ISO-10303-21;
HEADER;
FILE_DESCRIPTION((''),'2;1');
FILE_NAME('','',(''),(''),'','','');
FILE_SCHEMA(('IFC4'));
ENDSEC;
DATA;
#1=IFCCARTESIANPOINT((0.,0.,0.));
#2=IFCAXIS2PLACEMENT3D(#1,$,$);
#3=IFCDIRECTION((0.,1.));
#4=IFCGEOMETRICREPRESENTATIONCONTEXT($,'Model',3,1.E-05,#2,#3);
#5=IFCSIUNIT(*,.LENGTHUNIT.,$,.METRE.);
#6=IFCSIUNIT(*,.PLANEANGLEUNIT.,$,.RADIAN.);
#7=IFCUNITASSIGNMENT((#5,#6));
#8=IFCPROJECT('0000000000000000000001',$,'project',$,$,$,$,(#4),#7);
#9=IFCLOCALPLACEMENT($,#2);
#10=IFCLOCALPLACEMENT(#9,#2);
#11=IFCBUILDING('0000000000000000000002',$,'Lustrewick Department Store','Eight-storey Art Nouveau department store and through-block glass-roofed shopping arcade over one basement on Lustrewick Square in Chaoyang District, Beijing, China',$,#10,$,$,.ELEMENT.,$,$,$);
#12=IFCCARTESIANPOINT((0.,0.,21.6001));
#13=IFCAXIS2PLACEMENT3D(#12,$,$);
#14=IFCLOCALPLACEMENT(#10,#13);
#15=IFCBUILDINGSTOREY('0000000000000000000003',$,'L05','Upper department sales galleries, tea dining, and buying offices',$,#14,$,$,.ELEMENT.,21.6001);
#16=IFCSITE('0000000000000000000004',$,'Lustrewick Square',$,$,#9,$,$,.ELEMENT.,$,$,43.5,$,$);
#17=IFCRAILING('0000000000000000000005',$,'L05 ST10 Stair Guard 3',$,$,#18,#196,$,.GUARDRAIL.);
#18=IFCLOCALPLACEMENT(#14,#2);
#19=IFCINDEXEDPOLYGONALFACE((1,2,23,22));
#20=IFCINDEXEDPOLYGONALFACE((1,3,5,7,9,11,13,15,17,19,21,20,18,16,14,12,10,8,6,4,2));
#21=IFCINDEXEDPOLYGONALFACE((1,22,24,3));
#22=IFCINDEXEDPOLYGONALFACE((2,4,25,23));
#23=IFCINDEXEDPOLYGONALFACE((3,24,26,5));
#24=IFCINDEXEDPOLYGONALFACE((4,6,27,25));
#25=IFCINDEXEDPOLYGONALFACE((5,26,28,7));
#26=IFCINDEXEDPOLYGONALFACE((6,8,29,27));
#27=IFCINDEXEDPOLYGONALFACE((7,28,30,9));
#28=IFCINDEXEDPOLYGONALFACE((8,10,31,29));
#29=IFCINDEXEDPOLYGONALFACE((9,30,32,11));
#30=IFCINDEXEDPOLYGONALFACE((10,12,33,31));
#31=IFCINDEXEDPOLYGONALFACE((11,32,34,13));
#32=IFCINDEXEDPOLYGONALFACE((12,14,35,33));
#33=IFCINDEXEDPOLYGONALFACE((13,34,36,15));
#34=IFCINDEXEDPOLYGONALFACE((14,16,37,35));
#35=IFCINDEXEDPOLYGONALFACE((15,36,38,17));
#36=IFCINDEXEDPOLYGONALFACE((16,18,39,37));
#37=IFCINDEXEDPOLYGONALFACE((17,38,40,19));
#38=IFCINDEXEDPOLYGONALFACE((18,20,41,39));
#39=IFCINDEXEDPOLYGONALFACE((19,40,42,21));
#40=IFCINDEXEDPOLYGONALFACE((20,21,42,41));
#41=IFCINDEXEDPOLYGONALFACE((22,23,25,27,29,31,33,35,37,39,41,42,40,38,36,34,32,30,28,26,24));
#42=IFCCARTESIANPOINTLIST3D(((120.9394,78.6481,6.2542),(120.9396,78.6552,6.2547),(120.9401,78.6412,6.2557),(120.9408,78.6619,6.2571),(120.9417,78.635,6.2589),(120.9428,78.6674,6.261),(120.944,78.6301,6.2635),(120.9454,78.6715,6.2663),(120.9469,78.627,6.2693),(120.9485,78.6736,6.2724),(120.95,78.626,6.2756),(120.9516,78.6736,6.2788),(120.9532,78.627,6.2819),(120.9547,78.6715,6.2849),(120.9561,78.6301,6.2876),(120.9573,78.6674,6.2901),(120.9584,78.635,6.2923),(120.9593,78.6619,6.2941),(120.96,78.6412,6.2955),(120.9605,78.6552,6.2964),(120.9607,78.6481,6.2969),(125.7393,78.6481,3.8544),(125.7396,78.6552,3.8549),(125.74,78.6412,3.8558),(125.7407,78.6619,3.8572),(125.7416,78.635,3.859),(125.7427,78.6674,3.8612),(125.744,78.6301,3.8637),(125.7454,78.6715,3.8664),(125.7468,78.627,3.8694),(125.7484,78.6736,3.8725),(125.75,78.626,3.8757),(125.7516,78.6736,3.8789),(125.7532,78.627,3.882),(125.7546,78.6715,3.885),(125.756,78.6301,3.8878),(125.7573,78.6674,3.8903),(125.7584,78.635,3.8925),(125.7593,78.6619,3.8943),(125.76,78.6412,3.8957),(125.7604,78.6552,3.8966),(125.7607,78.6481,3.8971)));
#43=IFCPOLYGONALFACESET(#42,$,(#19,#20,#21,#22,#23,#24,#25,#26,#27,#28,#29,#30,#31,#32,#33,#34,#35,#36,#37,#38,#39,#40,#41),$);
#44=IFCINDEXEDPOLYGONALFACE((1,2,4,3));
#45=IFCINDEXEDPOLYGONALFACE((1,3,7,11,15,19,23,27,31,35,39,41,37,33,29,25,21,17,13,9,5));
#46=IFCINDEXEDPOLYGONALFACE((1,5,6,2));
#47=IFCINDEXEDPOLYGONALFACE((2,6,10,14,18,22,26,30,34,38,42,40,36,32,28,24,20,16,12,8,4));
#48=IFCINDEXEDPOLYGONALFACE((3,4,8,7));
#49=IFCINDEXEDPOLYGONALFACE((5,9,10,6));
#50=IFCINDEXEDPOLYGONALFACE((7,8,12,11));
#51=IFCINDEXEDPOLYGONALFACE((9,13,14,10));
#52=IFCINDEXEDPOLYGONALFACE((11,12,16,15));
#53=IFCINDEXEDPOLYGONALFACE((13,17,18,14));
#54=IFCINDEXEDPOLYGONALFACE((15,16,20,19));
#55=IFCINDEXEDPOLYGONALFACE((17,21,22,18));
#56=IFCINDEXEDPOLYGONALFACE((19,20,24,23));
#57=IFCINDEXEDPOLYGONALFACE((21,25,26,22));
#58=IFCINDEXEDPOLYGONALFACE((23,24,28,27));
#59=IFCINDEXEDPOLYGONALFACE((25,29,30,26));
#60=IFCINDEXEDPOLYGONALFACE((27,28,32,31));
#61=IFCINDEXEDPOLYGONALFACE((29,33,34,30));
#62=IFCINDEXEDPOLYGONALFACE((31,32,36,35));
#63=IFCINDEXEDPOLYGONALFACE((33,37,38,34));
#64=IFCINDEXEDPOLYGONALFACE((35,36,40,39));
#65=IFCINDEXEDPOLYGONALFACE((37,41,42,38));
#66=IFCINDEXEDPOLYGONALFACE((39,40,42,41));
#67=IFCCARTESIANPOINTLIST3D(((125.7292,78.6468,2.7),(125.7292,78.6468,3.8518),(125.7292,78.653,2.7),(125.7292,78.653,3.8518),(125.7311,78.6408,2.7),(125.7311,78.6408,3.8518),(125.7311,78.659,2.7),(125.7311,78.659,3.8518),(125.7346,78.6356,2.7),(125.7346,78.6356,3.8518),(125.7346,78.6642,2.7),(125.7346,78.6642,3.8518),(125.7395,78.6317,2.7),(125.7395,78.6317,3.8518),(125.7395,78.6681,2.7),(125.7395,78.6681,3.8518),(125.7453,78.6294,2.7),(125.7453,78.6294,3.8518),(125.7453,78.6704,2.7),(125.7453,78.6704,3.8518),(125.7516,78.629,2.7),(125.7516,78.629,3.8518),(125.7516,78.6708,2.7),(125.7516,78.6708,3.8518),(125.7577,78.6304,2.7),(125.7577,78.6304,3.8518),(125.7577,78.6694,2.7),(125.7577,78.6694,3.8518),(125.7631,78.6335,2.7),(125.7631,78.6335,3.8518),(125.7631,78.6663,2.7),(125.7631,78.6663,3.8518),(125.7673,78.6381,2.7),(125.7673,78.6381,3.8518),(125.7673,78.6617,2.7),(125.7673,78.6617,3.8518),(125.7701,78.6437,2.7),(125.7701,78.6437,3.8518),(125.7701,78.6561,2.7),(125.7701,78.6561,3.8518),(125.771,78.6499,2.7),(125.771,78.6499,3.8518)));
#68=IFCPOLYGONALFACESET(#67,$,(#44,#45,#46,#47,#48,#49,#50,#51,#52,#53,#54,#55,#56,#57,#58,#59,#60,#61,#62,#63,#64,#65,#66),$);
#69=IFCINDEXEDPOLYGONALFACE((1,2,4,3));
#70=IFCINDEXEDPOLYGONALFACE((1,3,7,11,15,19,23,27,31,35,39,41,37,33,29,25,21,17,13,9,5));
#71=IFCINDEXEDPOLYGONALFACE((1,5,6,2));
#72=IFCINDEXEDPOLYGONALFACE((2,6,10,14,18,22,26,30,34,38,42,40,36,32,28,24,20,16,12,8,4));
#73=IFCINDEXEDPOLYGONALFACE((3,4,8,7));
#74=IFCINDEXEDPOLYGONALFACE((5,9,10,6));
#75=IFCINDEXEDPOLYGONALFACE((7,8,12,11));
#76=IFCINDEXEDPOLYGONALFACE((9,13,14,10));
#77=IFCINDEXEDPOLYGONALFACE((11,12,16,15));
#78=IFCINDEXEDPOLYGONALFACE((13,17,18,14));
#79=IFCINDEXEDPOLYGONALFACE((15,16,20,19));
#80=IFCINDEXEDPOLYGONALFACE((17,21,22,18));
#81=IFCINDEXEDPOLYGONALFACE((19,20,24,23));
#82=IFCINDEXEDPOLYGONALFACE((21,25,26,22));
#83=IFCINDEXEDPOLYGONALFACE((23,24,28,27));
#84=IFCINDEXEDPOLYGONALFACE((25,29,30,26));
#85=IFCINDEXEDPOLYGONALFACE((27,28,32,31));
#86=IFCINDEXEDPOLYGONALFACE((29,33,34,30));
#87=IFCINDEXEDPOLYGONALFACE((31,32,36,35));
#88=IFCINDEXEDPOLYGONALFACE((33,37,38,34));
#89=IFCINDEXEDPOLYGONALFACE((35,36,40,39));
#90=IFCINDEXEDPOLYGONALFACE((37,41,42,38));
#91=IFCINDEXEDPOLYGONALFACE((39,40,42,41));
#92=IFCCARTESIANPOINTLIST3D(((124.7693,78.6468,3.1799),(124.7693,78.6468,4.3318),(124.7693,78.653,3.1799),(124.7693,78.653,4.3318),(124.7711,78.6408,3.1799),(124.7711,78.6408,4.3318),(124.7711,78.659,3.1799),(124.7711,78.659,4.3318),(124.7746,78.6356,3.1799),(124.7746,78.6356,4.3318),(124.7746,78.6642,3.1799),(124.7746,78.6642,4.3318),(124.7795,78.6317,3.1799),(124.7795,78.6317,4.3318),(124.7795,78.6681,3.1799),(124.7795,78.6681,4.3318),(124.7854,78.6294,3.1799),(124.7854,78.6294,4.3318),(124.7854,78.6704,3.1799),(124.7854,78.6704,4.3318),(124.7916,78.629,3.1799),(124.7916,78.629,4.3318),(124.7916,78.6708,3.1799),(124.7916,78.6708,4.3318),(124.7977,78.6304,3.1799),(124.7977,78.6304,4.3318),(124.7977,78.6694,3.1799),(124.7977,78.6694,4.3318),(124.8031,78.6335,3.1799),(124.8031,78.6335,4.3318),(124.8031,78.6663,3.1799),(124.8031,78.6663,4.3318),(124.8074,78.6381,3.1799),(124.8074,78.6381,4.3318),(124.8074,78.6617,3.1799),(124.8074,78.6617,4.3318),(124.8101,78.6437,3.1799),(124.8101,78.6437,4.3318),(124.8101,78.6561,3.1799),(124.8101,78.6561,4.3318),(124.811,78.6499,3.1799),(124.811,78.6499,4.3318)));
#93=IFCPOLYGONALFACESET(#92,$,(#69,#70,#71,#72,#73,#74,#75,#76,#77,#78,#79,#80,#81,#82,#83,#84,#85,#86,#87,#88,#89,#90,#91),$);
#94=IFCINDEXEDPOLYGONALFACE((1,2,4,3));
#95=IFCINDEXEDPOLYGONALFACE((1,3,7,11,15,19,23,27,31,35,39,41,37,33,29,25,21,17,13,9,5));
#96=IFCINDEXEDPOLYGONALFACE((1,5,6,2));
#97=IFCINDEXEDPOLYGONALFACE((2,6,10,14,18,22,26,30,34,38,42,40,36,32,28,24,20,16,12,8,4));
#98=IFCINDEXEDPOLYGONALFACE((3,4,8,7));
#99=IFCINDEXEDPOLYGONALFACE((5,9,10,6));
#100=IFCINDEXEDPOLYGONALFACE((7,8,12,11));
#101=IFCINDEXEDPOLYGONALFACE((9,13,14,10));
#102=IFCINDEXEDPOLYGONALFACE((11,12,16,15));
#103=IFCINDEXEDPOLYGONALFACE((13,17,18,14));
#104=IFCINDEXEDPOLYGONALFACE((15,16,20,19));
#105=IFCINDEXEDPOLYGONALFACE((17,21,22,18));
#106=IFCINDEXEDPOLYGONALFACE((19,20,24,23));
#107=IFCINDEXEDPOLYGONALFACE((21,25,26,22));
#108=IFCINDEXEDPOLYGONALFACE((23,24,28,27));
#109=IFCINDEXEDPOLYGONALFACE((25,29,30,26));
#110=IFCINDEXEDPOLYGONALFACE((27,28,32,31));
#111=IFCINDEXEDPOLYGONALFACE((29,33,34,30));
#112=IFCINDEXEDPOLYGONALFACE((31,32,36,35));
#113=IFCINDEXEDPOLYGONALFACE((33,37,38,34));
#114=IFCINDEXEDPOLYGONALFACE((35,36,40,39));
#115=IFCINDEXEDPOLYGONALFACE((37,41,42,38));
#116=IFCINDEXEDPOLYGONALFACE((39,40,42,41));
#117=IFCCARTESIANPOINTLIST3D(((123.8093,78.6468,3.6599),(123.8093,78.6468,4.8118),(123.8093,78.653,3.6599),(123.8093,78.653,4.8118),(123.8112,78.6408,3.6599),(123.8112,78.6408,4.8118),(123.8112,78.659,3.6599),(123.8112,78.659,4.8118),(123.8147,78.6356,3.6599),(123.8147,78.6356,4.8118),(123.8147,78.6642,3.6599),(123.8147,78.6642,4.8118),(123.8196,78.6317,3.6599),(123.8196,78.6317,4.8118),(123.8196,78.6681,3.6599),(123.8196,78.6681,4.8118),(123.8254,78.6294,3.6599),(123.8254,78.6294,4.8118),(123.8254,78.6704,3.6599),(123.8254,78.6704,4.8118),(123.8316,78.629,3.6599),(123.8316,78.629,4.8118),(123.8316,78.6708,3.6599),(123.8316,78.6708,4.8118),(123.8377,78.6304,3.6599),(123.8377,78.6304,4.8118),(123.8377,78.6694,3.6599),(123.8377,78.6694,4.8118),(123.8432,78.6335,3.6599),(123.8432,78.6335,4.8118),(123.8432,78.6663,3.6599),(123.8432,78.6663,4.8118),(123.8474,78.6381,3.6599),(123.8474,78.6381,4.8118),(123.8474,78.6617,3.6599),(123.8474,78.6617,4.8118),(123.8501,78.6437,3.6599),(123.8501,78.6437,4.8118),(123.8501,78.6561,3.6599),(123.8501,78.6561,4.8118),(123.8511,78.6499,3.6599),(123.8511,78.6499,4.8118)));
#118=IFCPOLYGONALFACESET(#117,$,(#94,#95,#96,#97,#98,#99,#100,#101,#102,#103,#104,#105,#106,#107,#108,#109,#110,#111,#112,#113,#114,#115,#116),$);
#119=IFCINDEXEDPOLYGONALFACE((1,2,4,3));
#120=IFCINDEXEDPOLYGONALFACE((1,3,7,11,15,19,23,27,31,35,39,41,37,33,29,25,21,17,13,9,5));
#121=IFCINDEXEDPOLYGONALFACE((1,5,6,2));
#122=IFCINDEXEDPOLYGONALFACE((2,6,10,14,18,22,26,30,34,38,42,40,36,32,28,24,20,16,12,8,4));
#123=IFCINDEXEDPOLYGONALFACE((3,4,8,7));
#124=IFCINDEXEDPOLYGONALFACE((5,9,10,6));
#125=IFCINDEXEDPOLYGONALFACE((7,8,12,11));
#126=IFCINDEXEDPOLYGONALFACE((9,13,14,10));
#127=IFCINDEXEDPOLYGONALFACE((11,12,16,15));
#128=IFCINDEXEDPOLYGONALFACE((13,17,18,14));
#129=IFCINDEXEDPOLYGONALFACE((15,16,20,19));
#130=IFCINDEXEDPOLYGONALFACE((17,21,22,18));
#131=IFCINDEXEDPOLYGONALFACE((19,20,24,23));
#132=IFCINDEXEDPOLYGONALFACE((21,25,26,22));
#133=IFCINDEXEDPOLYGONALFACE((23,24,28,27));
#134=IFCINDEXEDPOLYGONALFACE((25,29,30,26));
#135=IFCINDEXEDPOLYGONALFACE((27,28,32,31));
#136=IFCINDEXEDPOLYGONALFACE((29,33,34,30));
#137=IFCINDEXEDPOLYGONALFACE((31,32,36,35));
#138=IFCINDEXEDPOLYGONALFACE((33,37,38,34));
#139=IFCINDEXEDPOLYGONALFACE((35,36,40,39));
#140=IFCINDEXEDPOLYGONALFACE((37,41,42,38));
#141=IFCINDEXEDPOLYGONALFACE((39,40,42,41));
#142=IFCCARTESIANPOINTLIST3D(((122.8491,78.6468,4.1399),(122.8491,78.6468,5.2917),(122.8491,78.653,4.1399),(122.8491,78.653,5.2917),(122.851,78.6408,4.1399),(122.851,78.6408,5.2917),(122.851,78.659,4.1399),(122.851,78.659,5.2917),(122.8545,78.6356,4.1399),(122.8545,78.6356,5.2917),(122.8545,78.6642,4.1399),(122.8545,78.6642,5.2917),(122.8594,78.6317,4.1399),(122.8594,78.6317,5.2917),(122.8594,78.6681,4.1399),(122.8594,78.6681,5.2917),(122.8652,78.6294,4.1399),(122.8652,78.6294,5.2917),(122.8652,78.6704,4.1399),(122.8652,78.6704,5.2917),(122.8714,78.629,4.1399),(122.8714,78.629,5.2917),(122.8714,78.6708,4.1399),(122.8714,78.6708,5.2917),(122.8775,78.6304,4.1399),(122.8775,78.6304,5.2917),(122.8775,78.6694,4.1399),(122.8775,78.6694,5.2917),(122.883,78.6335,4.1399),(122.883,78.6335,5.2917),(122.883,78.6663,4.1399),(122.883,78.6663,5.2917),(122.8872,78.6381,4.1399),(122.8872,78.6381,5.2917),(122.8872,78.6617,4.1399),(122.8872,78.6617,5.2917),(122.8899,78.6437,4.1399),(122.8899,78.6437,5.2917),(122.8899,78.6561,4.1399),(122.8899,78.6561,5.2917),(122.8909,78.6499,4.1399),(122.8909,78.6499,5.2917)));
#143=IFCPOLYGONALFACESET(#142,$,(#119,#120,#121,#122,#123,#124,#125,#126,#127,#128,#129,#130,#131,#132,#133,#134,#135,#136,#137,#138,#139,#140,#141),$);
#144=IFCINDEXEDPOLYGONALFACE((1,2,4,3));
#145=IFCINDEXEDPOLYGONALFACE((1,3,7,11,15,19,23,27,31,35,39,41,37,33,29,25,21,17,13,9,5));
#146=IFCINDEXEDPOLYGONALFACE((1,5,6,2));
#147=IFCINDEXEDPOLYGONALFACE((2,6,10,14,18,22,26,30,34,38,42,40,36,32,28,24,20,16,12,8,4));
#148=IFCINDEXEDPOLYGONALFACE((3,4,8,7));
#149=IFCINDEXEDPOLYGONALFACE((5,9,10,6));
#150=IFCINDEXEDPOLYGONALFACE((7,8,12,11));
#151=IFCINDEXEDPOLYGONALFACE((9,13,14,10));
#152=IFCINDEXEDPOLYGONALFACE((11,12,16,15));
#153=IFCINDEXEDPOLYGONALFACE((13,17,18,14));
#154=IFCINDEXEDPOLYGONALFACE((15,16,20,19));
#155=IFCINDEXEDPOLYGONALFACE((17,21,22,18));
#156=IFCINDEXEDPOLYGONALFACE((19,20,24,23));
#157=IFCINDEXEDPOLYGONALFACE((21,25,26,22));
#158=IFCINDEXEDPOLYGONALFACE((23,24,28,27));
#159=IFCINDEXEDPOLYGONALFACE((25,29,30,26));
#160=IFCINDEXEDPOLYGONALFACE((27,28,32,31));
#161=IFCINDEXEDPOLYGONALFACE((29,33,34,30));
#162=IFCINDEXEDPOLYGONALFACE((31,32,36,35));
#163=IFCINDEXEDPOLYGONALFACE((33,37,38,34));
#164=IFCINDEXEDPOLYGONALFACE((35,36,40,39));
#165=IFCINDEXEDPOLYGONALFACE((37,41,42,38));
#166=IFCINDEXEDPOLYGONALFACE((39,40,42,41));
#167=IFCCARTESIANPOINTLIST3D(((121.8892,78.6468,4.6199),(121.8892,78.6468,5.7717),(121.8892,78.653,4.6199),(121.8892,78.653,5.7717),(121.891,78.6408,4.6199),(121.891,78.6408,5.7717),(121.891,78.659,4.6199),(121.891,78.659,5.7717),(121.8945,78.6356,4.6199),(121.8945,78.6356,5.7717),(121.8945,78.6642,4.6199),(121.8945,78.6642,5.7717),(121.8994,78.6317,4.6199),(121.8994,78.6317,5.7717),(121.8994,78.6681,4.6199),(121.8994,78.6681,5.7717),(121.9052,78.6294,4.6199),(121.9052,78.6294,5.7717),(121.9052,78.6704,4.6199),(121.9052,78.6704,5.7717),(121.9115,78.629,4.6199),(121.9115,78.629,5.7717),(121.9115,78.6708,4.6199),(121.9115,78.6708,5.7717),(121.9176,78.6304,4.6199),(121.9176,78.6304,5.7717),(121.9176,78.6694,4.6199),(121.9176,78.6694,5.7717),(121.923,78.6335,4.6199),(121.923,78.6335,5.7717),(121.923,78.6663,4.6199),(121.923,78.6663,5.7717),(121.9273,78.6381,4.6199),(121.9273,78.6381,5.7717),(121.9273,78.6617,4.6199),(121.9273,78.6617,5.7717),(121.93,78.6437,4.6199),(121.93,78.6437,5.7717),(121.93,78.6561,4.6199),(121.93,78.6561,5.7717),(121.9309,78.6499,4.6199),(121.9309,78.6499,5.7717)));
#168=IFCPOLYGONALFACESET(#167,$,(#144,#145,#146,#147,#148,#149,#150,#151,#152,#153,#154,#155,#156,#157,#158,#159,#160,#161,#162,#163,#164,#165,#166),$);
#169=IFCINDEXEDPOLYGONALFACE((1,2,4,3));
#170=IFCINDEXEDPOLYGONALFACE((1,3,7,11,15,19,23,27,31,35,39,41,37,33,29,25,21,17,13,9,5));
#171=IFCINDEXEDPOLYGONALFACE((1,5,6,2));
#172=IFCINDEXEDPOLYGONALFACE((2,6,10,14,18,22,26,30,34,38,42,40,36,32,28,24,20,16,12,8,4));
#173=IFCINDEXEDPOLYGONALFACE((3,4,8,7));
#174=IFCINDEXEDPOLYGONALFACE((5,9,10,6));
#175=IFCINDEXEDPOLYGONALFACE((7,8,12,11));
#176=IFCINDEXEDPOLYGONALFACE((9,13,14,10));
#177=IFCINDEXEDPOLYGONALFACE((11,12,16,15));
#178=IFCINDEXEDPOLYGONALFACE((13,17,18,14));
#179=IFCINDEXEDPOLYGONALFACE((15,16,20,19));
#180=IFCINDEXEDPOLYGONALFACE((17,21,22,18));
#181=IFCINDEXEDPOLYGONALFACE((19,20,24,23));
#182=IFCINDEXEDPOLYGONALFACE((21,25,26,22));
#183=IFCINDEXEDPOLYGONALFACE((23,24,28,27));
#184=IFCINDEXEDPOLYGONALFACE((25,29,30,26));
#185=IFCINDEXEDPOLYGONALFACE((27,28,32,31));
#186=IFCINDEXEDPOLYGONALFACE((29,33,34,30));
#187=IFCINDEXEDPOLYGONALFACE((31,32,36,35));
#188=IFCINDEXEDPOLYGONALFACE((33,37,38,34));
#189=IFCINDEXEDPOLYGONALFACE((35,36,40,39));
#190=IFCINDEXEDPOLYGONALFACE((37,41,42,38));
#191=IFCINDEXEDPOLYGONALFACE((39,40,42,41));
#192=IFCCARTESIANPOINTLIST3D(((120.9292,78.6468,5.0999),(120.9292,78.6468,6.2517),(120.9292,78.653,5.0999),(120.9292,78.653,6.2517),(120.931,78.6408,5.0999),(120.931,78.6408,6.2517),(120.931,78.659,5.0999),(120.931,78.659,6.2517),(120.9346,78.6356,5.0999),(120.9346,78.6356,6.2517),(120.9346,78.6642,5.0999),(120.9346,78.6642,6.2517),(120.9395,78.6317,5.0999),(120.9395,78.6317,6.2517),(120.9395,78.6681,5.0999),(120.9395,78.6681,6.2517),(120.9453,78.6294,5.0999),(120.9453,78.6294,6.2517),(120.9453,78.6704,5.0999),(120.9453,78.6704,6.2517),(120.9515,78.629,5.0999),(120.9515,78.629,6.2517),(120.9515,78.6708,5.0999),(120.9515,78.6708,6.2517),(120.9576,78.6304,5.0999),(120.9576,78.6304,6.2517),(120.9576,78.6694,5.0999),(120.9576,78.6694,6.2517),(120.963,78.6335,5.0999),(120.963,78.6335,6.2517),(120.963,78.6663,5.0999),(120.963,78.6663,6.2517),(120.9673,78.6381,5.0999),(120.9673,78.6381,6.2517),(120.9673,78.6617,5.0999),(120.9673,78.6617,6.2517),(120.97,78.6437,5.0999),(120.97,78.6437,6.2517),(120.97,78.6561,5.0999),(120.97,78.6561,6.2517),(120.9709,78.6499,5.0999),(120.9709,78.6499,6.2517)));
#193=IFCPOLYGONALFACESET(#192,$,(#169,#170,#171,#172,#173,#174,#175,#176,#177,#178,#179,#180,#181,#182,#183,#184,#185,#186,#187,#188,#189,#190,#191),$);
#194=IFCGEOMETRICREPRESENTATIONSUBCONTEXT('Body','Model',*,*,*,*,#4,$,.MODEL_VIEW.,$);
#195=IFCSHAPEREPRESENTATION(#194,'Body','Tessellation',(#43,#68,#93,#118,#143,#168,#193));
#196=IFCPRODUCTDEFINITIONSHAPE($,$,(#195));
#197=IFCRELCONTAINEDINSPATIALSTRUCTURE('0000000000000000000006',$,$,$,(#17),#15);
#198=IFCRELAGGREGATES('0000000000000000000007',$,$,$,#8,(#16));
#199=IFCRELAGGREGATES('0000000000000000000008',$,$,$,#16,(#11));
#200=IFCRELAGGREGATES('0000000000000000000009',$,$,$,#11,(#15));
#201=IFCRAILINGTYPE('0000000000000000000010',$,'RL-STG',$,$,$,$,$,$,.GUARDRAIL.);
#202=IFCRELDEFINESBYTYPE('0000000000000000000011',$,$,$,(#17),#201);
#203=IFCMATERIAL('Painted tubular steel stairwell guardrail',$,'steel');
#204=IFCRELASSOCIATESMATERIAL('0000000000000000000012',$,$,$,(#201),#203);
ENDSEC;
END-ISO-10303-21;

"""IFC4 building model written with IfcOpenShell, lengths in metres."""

from ifc_helpers import new_model, si_unit, direction, frame, origin, origin_2d, place, context, subcontext, project, spatial, circle, extrude, material, type_object, element, save


model = new_model("IFC4")

# Units and contexts
model_context = context("Model", 3, precision=1e-05, world=origin(), true_north=direction((0.0, 1.0)))
body_context = subcontext(model_context, "Body", "Model", "MODEL_VIEW")
ifc_project = project(units=[si_unit("LENGTHUNIT", "METRE"), si_unit("PLANEANGLEUNIT", "RADIAN")], contexts=[model_context])

# Site, building, storey
site_placement = place(None, origin())
site = spatial("IfcSite", under=ifc_project, at=site_placement, Name="Lustrewick Square", CompositionType="ELEMENT", RefElevation=43.5)
building_placement = place(site_placement, origin())
building = spatial("IfcBuilding", under=site, at=building_placement, Name="Lustrewick Department Store", Description="Eight-storey Art Nouveau department store and through-block glass-roofed shopping arcade over one basement on Lustrewick Square in Chaoyang District, Beijing, China", CompositionType="ELEMENT")
storey_placement = place(building_placement, frame((0.0, 0.0, 21.6001)))
storey = spatial("IfcBuildingStorey", under=building, at=storey_placement, Name="L05", Description="Upper department sales galleries, tea dining, and buying offices", CompositionType="ELEMENT", Elevation=21.6001)

# Railing
ifc_material_1 = material(Name="Painted tubular steel stairwell guardrail", Category="steel")
railing_type_1 = type_object("IfcRailingType", Name="RL-STG", PredefinedType="GUARDRAIL", material=ifc_material_1)
railing_1_placement = place(storey_placement, frame((125.75, 78.6499, 2.7)))
element("IfcRailing", 1, at=railing_1_placement, inside=storey, type_object=railing_type_1, Name="L05 ST10 Stair Guard 3", PredefinedType="GUARDRAIL", context=body_context, shape_type="SweptSolid", body=[
    extrude(circle(Radius=0.0239, at=origin_2d()), frame((0.0, 0.0, 1.1758), z_axis=(-0.894436, 0.0, 0.447195), x_axis=(0.0, -1.0, 0.0)), (0.0, 0.0, 1.0), 5.3665),
    extrude(circle(Radius=0.021, at=origin_2d()), origin(), (0.0, 0.0, 1.0), 1.1519),
    extrude(circle(Radius=0.021, at=origin_2d()), frame((-0.96, 0.0, 0.48)), (0.0, 0.0, 1.0), 1.1519),
    extrude(circle(Radius=0.021, at=origin_2d()), frame((-1.9199, 0.0, 0.96)), (0.0, 0.0, 1.0), 1.1519),
    extrude(circle(Radius=0.021, at=origin_2d()), frame((-2.8801, 0.0, 1.4399)), (0.0, 0.0, 1.0), 1.1519),
    extrude(circle(Radius=0.021, at=origin_2d()), frame((-3.8401, 0.0, 1.9199)), (0.0, 0.0, 1.0), 1.1519),
    extrude(circle(Radius=0.021, at=origin_2d()), frame((-4.8, 0.0, 2.3999)), (0.0, 0.0, 1.0), 1.1519),
])

save(model, "model.ifc")
